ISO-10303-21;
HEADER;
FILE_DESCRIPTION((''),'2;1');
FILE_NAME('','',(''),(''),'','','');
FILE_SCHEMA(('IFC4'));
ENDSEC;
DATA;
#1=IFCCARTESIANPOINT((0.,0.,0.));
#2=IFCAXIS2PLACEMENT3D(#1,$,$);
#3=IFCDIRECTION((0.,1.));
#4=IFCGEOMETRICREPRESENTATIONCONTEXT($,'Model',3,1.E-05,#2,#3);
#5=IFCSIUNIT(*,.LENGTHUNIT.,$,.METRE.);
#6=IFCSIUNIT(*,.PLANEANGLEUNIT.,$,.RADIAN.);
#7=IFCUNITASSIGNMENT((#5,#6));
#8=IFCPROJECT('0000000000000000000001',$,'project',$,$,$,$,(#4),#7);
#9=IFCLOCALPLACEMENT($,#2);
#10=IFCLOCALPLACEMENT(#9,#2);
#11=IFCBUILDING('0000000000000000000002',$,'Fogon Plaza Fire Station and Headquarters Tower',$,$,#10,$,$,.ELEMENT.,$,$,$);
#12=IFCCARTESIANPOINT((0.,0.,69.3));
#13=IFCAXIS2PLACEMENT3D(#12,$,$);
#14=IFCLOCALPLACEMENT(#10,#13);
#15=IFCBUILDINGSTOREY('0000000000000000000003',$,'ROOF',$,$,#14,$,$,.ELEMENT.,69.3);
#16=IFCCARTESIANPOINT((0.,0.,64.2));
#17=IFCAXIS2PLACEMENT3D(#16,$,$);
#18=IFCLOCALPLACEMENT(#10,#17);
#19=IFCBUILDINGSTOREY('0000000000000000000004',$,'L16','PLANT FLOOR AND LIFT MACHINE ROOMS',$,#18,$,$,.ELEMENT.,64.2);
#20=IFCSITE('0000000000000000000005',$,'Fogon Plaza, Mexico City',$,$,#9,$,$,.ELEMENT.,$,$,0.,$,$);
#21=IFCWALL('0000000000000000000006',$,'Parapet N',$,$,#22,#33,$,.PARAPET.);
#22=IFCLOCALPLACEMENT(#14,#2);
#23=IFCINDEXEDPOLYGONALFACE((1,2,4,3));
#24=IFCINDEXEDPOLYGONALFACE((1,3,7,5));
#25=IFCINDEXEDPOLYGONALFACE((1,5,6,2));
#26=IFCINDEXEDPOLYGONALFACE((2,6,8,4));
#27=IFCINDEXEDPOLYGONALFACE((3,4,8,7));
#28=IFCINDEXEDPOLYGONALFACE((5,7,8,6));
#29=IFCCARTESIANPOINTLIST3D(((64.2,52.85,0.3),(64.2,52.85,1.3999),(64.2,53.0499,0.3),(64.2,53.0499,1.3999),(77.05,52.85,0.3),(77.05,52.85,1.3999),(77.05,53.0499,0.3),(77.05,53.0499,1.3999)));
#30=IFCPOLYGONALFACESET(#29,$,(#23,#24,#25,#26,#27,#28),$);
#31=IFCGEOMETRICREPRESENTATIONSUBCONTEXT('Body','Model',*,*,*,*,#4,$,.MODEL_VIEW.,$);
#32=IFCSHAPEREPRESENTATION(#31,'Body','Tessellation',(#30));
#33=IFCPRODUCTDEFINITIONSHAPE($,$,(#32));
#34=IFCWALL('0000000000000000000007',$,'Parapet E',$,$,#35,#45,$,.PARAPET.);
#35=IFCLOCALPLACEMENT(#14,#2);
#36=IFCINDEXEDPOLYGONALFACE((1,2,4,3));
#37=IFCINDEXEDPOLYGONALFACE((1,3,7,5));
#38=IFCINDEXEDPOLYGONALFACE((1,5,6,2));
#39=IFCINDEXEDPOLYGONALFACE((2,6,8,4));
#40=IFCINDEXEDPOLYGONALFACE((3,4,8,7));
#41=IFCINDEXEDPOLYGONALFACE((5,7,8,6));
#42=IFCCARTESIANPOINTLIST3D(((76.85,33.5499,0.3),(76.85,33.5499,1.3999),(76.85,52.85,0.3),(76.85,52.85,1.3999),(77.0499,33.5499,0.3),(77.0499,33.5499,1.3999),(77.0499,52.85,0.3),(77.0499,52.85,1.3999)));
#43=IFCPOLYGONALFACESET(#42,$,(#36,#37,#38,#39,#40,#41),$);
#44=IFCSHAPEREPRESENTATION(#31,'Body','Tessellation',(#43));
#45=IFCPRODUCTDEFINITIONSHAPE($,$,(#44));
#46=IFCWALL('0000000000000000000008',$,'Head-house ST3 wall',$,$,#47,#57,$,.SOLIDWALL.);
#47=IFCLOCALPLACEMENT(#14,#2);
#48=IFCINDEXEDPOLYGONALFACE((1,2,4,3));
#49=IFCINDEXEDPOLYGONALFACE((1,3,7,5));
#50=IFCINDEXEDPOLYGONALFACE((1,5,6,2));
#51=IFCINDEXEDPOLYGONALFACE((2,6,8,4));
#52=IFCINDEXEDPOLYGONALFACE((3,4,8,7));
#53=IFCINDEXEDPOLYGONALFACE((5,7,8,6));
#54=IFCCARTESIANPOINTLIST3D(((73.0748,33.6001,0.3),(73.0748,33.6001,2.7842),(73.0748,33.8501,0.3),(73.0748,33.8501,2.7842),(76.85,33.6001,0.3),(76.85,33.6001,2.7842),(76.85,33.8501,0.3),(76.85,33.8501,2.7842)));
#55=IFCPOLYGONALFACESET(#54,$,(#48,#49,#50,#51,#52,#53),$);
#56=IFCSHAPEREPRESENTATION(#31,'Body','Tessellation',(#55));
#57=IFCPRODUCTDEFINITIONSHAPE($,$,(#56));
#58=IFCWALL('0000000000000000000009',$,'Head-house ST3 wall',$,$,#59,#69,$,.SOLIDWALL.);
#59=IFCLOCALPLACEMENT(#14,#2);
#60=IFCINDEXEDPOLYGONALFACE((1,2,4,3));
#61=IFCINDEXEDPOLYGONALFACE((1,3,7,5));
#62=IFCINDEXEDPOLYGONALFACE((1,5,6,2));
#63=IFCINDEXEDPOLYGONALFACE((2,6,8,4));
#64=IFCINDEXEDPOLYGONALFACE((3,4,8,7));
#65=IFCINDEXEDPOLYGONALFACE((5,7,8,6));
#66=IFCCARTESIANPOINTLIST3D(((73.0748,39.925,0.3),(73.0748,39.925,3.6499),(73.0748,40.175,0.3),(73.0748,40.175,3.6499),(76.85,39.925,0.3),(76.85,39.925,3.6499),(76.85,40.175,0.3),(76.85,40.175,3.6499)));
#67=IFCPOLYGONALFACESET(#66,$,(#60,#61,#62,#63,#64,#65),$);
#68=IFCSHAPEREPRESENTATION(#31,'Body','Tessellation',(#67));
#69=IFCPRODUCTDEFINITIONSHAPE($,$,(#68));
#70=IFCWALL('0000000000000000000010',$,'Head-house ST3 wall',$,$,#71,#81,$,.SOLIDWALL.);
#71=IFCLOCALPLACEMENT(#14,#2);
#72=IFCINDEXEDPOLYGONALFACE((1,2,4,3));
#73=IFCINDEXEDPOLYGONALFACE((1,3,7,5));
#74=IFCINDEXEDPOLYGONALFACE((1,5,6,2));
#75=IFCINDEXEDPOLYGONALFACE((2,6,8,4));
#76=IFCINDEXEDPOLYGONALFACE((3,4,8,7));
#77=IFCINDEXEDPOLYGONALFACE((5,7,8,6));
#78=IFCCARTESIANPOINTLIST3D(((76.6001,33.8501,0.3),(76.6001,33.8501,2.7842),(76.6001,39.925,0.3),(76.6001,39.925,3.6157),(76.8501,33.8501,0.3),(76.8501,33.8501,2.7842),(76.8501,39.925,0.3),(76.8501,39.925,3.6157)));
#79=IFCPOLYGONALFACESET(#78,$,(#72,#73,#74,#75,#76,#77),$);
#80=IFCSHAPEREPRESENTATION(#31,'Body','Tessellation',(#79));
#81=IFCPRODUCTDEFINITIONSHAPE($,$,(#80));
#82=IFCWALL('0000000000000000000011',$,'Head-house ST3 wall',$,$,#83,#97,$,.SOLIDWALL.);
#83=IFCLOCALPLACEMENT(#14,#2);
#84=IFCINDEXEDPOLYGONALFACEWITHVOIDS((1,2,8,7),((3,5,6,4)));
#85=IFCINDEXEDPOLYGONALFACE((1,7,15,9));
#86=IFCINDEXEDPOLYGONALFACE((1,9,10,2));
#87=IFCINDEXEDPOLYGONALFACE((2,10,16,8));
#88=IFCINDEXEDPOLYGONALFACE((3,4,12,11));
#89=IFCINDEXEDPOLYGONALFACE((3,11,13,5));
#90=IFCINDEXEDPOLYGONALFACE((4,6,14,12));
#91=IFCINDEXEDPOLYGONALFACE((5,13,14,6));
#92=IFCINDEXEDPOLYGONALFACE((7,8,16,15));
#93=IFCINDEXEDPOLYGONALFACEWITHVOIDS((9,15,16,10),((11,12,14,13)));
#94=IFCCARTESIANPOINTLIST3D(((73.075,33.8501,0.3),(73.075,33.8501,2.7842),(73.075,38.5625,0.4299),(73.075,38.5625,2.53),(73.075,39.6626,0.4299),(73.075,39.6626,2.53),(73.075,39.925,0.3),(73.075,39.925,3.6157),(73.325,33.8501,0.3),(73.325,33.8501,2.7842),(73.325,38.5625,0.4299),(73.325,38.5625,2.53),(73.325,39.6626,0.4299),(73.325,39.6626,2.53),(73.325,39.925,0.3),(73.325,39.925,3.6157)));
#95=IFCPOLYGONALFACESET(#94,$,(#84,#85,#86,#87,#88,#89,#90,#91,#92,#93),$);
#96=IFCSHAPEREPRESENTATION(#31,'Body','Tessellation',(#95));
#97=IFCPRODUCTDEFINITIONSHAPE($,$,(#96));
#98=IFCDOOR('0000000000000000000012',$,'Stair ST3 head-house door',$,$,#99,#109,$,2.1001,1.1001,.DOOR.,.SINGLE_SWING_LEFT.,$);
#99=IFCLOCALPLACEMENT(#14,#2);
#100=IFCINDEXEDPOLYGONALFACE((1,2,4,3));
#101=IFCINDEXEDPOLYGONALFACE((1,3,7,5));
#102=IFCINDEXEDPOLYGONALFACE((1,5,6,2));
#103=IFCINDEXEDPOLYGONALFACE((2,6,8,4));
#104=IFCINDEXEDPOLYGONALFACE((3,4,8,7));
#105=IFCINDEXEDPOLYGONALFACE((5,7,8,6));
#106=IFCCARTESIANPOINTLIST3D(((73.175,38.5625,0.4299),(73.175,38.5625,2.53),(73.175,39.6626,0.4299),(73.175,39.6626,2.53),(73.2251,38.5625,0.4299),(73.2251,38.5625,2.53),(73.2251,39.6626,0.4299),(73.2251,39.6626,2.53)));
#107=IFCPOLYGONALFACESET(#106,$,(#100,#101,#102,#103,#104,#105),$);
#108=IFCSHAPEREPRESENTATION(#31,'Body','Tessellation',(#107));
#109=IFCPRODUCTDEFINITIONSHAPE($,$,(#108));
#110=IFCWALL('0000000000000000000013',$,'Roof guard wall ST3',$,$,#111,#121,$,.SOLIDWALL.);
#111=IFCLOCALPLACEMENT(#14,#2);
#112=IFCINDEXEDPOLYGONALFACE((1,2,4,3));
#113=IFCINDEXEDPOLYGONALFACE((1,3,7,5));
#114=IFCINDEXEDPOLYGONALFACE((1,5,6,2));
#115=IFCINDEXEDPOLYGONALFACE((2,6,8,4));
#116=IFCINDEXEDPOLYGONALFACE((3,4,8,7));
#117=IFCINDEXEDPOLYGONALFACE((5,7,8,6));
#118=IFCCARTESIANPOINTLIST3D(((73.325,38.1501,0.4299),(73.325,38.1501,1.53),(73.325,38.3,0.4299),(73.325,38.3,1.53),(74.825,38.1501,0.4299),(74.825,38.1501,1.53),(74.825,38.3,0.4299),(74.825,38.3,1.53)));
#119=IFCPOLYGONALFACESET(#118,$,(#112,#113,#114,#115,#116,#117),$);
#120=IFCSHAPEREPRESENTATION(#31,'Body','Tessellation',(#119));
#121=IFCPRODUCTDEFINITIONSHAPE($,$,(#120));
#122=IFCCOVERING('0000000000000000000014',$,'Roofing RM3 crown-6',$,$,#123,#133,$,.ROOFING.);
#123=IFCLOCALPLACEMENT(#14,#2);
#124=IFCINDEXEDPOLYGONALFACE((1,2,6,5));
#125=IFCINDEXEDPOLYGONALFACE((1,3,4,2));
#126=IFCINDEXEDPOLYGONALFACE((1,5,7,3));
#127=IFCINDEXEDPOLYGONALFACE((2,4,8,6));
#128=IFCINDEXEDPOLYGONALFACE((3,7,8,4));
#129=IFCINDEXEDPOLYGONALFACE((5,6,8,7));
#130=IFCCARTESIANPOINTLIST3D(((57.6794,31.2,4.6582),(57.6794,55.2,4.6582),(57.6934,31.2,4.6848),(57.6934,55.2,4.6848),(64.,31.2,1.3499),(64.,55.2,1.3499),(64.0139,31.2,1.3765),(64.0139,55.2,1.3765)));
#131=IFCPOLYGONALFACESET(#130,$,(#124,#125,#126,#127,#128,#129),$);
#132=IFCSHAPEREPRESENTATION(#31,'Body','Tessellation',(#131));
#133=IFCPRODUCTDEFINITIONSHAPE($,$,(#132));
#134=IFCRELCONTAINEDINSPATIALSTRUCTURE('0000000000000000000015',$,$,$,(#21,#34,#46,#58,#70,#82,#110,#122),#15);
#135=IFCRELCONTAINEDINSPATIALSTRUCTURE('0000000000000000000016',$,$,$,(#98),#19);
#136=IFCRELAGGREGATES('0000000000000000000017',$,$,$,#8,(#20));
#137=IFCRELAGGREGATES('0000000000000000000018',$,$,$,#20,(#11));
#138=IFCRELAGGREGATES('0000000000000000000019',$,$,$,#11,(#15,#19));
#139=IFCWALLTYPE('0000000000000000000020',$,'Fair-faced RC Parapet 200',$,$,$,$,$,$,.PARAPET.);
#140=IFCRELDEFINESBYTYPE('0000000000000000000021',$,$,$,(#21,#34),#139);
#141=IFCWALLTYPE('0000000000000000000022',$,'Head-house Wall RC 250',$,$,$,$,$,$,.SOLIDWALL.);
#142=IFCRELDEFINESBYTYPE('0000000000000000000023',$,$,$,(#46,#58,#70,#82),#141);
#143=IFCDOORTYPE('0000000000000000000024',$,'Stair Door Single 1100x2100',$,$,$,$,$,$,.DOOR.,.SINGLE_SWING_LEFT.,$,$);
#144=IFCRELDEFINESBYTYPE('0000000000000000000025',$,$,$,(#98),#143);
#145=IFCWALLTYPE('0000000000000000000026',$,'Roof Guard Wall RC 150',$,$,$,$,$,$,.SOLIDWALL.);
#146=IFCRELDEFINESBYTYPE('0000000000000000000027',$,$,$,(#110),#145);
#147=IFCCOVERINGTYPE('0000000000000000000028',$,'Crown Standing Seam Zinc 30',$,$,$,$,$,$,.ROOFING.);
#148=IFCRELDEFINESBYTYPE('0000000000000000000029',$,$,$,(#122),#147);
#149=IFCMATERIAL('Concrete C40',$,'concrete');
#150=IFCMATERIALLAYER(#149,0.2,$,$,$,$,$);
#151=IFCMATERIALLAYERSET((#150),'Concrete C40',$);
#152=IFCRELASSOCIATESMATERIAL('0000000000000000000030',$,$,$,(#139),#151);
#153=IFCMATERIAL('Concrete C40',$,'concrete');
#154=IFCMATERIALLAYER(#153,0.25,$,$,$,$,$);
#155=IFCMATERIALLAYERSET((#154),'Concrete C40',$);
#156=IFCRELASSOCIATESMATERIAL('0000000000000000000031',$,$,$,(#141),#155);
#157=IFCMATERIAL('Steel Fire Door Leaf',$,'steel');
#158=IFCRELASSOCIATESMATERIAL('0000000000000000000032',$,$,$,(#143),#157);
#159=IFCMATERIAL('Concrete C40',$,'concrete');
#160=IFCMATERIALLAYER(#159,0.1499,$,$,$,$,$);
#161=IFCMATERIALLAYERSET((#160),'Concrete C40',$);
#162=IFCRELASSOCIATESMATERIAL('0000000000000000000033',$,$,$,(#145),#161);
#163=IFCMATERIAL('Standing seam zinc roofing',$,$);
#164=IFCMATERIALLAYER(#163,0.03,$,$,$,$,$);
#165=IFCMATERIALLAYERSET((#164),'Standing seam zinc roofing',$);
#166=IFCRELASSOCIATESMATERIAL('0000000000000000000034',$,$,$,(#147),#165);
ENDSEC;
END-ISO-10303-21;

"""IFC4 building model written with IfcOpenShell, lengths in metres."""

from ifc_helpers import new_model, si_unit, direction, frame, frame_2d, origin, place, context, subcontext, project, spatial, polyline, rectangle, outline, extrude, material, layer, layer_set, type_object, element, fill, save


model = new_model("IFC4")

# Units and contexts
model_context = context("Model", 3, precision=1e-05, world=origin(), true_north=direction((0.0, 1.0)))
body_context = subcontext(model_context, "Body", "Model", "MODEL_VIEW")
ifc_project = project(units=[si_unit("LENGTHUNIT", "METRE"), si_unit("PLANEANGLEUNIT", "RADIAN")], contexts=[model_context])

# Site, building, storey
site_placement = place(None, origin())
site = spatial("IfcSite", under=ifc_project, at=site_placement, Name="Fogon Plaza, Mexico City", CompositionType="ELEMENT", RefElevation=0.0)
building_placement = place(site_placement, origin())
building = spatial("IfcBuilding", under=site, at=building_placement, Name="Fogon Plaza Fire Station and Headquarters Tower", CompositionType="ELEMENT")
storey_1_placement = place(building_placement, frame((0.0, 0.0, 69.3)))
storey_1 = spatial("IfcBuildingStorey", under=building, at=storey_1_placement, Name="ROOF", CompositionType="ELEMENT", Elevation=69.3)

# Walls
ifc_material_1 = material(Name="Concrete C40", Category="concrete")
ifc_layer_1 = layer(ifc_material_1, 0.2)
ifc_layer_set_1 = layer_set([ifc_layer_1], Name="Concrete C40")
wall_type_1 = type_object("IfcWallType", Name="Fair-faced RC Parapet 200", PredefinedType="PARAPET", material=ifc_layer_set_1)
for number, where, z_axis, x_axis, name in (
    (1, (64.2, 52.95, 0.3), (0.0, 0.0, 1.0), (1.0, 0.0, 0.0), "Parapet N"),
):
    element("IfcWall", number, at=place(storey_1_placement, frame(where, z_axis=z_axis, x_axis=x_axis)), inside=storey_1, type_object=wall_type_1, Name=name, PredefinedType="PARAPET", context=body_context, shape_type="SweptSolid", body=[
        extrude(rectangle(XDim=12.8501, YDim=0.2, at=frame_2d((6.425, 0.0))), origin(), (0.0, 0.0, 1.0), 1.0999),
    ])
wall_1_placement = place(storey_1_placement, frame((76.95, 33.55, 0.3), z_axis=(0.0, 0.0, 1.0), x_axis=(0.0, 1.0, 0.0)))
element("IfcWall", 2, at=wall_1_placement, inside=storey_1, type_object=wall_type_1, Name="Parapet E", PredefinedType="PARAPET", context=body_context, shape_type="SweptSolid", body=[
    extrude(rectangle(XDim=19.3, YDim=0.2, at=frame_2d((9.6499, 0.0))), origin(), (0.0, 0.0, 1.0), 1.0999),
])
ifc_material_2 = material(Name="Concrete C40", Category="concrete")
ifc_layer_2 = layer(ifc_material_2, 0.25)
ifc_layer_set_2 = layer_set([ifc_layer_2], Name="Concrete C40")
wall_type_2 = type_object("IfcWallType", Name="Head-house Wall RC 250", PredefinedType="SOLIDWALL", material=ifc_layer_set_2)
wall_2_placement = place(storey_1_placement, frame((76.8501, 33.7251, 0.3), z_axis=(0.0, 0.0, 1.0), x_axis=(-1.0, 0.0, 0.0)))
element("IfcWall", 3, at=wall_2_placement, inside=storey_1, type_object=wall_type_2, Name="Head-house ST3 wall", PredefinedType="SOLIDWALL", context=body_context, shape_type="SweptSolid", body=[
    extrude(rectangle(XDim=3.7751, YDim=0.25, at=frame_2d((1.8877, 0.0))), origin(), (0.0, 0.0, 1.0), 2.4841),
])
wall_3_placement = place(storey_1_placement, frame((76.8501, 40.05, 0.3), z_axis=(0.0, 0.0, 1.0), x_axis=(-1.0, 0.0, 0.0)))
element("IfcWall", 4, at=wall_3_placement, inside=storey_1, type_object=wall_type_2, Name="Head-house ST3 wall", PredefinedType="SOLIDWALL", context=body_context, shape_type="SweptSolid", body=[
    extrude(rectangle(XDim=3.7751, YDim=0.25, at=frame_2d((1.8877, 0.0))), origin(), (0.0, 0.0, 1.0), 3.3499),
])
wall_4_placement = place(storey_1_placement, frame((76.7251, 33.8501, 0.3), z_axis=(0.0, 0.0, 1.0), x_axis=(0.0, 1.0, 0.0)))
element("IfcWall", 5, at=wall_4_placement, inside=storey_1, type_object=wall_type_2, Name="Head-house ST3 wall", PredefinedType="SOLIDWALL", context=body_context, shape_type="SweptSolid", body=[
    extrude(outline(polyline([(0.0, 0.0), (6.075, 0.0), (6.075, 3.3157), (0.0, 2.4841), (0.0, 0.0)])), frame((0.0, 0.125, 0.0), z_axis=(0.0, -1.0, 0.0), x_axis=(1.0, 0.0, 0.0)), (0.0, 0.0, 1.0), 0.25),
])

# Wall, opening
wall_5_placement = place(storey_1_placement, frame((73.2, 33.8501, 0.3), z_axis=(0.0, 0.0, 1.0), x_axis=(0.0, 1.0, 0.0)))
wall_5 = element("IfcWall", 6, at=wall_5_placement, inside=storey_1, type_object=wall_type_2, Name="Head-house ST3 wall", PredefinedType="SOLIDWALL", context=body_context, shape_type="SweptSolid", body=[
    extrude(outline(polyline([(0.0, 0.0), (6.075, 0.0), (6.075, 3.3157), (0.0, 2.4841), (0.0, 0.0)])), frame((0.0, 0.125, 0.0), z_axis=(0.0, -1.0, 0.0), x_axis=(1.0, 0.0, 0.0)), (0.0, 0.0, 1.0), 0.25),
])
opening_placement = place(wall_5_placement, frame((4.7124, 0.0, 0.1299)))
opening = element("IfcOpeningElement", 7, at=opening_placement, cuts=wall_5, PredefinedType="OPENING", context=body_context, shape_type="SweptSolid", body=[
    extrude(rectangle(XDim=1.1001, YDim=2.1001, at=frame_2d((0.55, 1.05))), frame((0.0, 0.135, 0.0), z_axis=(0.0, -1.0, 0.0), x_axis=(1.0, 0.0, 0.0)), (0.0, 0.0, 1.0), 0.27),
])

# Shared definitions
storey_2_placement = place(building_placement, frame((0.0, 0.0, 64.2)))
storey_2 = spatial("IfcBuildingStorey", under=building, at=storey_2_placement, Name="L16", Description="PLANT FLOOR AND LIFT MACHINE ROOMS", CompositionType="ELEMENT", Elevation=64.2)

# Door
ifc_material_3 = material(Name="Steel Fire Door Leaf", Category="steel")
door_type = type_object("IfcDoorType", Name="Stair Door Single 1100x2100", OperationType="SINGLE_SWING_LEFT", PredefinedType="DOOR", material=ifc_material_3)
door_placement = place(opening_placement, origin())
door = element("IfcDoor", 8, at=door_placement, inside=storey_2, type_object=door_type, Name="Stair ST3 head-house door", OperationType="SINGLE_SWING_LEFT", OverallHeight=2.1001, OverallWidth=1.1001, PredefinedType="DOOR", context=body_context, shape_type="SweptSolid", body=[
    extrude(rectangle(XDim=1.1001, YDim=2.1001, at=frame_2d((0.55, 1.05))), frame((0.0, 0.0249, 0.0), z_axis=(0.0, -1.0, 0.0), x_axis=(1.0, 0.0, 0.0)), (0.0, 0.0, 1.0), 0.05),
])
fill(opening, door)

# Wall
ifc_material_4 = material(Name="Concrete C40", Category="concrete")
ifc_layer_3 = layer(ifc_material_4, 0.1499)
ifc_layer_set_3 = layer_set([ifc_layer_3], Name="Concrete C40")
wall_type_3 = type_object("IfcWallType", Name="Roof Guard Wall RC 150", PredefinedType="SOLIDWALL", material=ifc_layer_set_3)
wall_6_placement = place(storey_1_placement, frame((74.825, 38.2251, 0.4299), z_axis=(0.0, 0.0, 1.0), x_axis=(-1.0, 0.0, 0.0)))
element("IfcWall", 9, at=wall_6_placement, inside=storey_1, type_object=wall_type_3, Name="Roof guard wall ST3", PredefinedType="SOLIDWALL", context=body_context, shape_type="SweptSolid", body=[
    extrude(rectangle(XDim=1.5, YDim=0.1499, at=frame_2d((0.75, 0.0))), origin(), (0.0, 0.0, 1.0), 1.1001),
])

# Covering
ifc_material_5 = material(Name="Standing seam zinc roofing")
ifc_layer_4 = layer(ifc_material_5, 0.03)
ifc_layer_set_4 = layer_set([ifc_layer_4], Name="Standing seam zinc roofing")
covering_type = type_object("IfcCoveringType", Name="Crown Standing Seam Zinc 30", PredefinedType="ROOFING", material=ifc_layer_set_4)
covering_placement = place(storey_1_placement, frame((57.6934, 31.2, 4.6848), z_axis=(0.463741, 0.0, 0.885971), x_axis=(0.885971, 0.0, -0.463741)))
element("IfcCovering", 10, at=covering_placement, inside=storey_1, type_object=covering_type, Name="Roofing RM3 crown-6", PredefinedType="ROOFING", context=body_context, shape_type="SweptSolid", body=[
    extrude(outline(polyline([(0.0, 0.0), (7.134, 0.0), (7.134, 24.0), (0.0, 24.0), (0.0, 0.0)])), origin(), (0.0, 0.0, -1.0), 0.03),
])

save(model, "model.ifc")
